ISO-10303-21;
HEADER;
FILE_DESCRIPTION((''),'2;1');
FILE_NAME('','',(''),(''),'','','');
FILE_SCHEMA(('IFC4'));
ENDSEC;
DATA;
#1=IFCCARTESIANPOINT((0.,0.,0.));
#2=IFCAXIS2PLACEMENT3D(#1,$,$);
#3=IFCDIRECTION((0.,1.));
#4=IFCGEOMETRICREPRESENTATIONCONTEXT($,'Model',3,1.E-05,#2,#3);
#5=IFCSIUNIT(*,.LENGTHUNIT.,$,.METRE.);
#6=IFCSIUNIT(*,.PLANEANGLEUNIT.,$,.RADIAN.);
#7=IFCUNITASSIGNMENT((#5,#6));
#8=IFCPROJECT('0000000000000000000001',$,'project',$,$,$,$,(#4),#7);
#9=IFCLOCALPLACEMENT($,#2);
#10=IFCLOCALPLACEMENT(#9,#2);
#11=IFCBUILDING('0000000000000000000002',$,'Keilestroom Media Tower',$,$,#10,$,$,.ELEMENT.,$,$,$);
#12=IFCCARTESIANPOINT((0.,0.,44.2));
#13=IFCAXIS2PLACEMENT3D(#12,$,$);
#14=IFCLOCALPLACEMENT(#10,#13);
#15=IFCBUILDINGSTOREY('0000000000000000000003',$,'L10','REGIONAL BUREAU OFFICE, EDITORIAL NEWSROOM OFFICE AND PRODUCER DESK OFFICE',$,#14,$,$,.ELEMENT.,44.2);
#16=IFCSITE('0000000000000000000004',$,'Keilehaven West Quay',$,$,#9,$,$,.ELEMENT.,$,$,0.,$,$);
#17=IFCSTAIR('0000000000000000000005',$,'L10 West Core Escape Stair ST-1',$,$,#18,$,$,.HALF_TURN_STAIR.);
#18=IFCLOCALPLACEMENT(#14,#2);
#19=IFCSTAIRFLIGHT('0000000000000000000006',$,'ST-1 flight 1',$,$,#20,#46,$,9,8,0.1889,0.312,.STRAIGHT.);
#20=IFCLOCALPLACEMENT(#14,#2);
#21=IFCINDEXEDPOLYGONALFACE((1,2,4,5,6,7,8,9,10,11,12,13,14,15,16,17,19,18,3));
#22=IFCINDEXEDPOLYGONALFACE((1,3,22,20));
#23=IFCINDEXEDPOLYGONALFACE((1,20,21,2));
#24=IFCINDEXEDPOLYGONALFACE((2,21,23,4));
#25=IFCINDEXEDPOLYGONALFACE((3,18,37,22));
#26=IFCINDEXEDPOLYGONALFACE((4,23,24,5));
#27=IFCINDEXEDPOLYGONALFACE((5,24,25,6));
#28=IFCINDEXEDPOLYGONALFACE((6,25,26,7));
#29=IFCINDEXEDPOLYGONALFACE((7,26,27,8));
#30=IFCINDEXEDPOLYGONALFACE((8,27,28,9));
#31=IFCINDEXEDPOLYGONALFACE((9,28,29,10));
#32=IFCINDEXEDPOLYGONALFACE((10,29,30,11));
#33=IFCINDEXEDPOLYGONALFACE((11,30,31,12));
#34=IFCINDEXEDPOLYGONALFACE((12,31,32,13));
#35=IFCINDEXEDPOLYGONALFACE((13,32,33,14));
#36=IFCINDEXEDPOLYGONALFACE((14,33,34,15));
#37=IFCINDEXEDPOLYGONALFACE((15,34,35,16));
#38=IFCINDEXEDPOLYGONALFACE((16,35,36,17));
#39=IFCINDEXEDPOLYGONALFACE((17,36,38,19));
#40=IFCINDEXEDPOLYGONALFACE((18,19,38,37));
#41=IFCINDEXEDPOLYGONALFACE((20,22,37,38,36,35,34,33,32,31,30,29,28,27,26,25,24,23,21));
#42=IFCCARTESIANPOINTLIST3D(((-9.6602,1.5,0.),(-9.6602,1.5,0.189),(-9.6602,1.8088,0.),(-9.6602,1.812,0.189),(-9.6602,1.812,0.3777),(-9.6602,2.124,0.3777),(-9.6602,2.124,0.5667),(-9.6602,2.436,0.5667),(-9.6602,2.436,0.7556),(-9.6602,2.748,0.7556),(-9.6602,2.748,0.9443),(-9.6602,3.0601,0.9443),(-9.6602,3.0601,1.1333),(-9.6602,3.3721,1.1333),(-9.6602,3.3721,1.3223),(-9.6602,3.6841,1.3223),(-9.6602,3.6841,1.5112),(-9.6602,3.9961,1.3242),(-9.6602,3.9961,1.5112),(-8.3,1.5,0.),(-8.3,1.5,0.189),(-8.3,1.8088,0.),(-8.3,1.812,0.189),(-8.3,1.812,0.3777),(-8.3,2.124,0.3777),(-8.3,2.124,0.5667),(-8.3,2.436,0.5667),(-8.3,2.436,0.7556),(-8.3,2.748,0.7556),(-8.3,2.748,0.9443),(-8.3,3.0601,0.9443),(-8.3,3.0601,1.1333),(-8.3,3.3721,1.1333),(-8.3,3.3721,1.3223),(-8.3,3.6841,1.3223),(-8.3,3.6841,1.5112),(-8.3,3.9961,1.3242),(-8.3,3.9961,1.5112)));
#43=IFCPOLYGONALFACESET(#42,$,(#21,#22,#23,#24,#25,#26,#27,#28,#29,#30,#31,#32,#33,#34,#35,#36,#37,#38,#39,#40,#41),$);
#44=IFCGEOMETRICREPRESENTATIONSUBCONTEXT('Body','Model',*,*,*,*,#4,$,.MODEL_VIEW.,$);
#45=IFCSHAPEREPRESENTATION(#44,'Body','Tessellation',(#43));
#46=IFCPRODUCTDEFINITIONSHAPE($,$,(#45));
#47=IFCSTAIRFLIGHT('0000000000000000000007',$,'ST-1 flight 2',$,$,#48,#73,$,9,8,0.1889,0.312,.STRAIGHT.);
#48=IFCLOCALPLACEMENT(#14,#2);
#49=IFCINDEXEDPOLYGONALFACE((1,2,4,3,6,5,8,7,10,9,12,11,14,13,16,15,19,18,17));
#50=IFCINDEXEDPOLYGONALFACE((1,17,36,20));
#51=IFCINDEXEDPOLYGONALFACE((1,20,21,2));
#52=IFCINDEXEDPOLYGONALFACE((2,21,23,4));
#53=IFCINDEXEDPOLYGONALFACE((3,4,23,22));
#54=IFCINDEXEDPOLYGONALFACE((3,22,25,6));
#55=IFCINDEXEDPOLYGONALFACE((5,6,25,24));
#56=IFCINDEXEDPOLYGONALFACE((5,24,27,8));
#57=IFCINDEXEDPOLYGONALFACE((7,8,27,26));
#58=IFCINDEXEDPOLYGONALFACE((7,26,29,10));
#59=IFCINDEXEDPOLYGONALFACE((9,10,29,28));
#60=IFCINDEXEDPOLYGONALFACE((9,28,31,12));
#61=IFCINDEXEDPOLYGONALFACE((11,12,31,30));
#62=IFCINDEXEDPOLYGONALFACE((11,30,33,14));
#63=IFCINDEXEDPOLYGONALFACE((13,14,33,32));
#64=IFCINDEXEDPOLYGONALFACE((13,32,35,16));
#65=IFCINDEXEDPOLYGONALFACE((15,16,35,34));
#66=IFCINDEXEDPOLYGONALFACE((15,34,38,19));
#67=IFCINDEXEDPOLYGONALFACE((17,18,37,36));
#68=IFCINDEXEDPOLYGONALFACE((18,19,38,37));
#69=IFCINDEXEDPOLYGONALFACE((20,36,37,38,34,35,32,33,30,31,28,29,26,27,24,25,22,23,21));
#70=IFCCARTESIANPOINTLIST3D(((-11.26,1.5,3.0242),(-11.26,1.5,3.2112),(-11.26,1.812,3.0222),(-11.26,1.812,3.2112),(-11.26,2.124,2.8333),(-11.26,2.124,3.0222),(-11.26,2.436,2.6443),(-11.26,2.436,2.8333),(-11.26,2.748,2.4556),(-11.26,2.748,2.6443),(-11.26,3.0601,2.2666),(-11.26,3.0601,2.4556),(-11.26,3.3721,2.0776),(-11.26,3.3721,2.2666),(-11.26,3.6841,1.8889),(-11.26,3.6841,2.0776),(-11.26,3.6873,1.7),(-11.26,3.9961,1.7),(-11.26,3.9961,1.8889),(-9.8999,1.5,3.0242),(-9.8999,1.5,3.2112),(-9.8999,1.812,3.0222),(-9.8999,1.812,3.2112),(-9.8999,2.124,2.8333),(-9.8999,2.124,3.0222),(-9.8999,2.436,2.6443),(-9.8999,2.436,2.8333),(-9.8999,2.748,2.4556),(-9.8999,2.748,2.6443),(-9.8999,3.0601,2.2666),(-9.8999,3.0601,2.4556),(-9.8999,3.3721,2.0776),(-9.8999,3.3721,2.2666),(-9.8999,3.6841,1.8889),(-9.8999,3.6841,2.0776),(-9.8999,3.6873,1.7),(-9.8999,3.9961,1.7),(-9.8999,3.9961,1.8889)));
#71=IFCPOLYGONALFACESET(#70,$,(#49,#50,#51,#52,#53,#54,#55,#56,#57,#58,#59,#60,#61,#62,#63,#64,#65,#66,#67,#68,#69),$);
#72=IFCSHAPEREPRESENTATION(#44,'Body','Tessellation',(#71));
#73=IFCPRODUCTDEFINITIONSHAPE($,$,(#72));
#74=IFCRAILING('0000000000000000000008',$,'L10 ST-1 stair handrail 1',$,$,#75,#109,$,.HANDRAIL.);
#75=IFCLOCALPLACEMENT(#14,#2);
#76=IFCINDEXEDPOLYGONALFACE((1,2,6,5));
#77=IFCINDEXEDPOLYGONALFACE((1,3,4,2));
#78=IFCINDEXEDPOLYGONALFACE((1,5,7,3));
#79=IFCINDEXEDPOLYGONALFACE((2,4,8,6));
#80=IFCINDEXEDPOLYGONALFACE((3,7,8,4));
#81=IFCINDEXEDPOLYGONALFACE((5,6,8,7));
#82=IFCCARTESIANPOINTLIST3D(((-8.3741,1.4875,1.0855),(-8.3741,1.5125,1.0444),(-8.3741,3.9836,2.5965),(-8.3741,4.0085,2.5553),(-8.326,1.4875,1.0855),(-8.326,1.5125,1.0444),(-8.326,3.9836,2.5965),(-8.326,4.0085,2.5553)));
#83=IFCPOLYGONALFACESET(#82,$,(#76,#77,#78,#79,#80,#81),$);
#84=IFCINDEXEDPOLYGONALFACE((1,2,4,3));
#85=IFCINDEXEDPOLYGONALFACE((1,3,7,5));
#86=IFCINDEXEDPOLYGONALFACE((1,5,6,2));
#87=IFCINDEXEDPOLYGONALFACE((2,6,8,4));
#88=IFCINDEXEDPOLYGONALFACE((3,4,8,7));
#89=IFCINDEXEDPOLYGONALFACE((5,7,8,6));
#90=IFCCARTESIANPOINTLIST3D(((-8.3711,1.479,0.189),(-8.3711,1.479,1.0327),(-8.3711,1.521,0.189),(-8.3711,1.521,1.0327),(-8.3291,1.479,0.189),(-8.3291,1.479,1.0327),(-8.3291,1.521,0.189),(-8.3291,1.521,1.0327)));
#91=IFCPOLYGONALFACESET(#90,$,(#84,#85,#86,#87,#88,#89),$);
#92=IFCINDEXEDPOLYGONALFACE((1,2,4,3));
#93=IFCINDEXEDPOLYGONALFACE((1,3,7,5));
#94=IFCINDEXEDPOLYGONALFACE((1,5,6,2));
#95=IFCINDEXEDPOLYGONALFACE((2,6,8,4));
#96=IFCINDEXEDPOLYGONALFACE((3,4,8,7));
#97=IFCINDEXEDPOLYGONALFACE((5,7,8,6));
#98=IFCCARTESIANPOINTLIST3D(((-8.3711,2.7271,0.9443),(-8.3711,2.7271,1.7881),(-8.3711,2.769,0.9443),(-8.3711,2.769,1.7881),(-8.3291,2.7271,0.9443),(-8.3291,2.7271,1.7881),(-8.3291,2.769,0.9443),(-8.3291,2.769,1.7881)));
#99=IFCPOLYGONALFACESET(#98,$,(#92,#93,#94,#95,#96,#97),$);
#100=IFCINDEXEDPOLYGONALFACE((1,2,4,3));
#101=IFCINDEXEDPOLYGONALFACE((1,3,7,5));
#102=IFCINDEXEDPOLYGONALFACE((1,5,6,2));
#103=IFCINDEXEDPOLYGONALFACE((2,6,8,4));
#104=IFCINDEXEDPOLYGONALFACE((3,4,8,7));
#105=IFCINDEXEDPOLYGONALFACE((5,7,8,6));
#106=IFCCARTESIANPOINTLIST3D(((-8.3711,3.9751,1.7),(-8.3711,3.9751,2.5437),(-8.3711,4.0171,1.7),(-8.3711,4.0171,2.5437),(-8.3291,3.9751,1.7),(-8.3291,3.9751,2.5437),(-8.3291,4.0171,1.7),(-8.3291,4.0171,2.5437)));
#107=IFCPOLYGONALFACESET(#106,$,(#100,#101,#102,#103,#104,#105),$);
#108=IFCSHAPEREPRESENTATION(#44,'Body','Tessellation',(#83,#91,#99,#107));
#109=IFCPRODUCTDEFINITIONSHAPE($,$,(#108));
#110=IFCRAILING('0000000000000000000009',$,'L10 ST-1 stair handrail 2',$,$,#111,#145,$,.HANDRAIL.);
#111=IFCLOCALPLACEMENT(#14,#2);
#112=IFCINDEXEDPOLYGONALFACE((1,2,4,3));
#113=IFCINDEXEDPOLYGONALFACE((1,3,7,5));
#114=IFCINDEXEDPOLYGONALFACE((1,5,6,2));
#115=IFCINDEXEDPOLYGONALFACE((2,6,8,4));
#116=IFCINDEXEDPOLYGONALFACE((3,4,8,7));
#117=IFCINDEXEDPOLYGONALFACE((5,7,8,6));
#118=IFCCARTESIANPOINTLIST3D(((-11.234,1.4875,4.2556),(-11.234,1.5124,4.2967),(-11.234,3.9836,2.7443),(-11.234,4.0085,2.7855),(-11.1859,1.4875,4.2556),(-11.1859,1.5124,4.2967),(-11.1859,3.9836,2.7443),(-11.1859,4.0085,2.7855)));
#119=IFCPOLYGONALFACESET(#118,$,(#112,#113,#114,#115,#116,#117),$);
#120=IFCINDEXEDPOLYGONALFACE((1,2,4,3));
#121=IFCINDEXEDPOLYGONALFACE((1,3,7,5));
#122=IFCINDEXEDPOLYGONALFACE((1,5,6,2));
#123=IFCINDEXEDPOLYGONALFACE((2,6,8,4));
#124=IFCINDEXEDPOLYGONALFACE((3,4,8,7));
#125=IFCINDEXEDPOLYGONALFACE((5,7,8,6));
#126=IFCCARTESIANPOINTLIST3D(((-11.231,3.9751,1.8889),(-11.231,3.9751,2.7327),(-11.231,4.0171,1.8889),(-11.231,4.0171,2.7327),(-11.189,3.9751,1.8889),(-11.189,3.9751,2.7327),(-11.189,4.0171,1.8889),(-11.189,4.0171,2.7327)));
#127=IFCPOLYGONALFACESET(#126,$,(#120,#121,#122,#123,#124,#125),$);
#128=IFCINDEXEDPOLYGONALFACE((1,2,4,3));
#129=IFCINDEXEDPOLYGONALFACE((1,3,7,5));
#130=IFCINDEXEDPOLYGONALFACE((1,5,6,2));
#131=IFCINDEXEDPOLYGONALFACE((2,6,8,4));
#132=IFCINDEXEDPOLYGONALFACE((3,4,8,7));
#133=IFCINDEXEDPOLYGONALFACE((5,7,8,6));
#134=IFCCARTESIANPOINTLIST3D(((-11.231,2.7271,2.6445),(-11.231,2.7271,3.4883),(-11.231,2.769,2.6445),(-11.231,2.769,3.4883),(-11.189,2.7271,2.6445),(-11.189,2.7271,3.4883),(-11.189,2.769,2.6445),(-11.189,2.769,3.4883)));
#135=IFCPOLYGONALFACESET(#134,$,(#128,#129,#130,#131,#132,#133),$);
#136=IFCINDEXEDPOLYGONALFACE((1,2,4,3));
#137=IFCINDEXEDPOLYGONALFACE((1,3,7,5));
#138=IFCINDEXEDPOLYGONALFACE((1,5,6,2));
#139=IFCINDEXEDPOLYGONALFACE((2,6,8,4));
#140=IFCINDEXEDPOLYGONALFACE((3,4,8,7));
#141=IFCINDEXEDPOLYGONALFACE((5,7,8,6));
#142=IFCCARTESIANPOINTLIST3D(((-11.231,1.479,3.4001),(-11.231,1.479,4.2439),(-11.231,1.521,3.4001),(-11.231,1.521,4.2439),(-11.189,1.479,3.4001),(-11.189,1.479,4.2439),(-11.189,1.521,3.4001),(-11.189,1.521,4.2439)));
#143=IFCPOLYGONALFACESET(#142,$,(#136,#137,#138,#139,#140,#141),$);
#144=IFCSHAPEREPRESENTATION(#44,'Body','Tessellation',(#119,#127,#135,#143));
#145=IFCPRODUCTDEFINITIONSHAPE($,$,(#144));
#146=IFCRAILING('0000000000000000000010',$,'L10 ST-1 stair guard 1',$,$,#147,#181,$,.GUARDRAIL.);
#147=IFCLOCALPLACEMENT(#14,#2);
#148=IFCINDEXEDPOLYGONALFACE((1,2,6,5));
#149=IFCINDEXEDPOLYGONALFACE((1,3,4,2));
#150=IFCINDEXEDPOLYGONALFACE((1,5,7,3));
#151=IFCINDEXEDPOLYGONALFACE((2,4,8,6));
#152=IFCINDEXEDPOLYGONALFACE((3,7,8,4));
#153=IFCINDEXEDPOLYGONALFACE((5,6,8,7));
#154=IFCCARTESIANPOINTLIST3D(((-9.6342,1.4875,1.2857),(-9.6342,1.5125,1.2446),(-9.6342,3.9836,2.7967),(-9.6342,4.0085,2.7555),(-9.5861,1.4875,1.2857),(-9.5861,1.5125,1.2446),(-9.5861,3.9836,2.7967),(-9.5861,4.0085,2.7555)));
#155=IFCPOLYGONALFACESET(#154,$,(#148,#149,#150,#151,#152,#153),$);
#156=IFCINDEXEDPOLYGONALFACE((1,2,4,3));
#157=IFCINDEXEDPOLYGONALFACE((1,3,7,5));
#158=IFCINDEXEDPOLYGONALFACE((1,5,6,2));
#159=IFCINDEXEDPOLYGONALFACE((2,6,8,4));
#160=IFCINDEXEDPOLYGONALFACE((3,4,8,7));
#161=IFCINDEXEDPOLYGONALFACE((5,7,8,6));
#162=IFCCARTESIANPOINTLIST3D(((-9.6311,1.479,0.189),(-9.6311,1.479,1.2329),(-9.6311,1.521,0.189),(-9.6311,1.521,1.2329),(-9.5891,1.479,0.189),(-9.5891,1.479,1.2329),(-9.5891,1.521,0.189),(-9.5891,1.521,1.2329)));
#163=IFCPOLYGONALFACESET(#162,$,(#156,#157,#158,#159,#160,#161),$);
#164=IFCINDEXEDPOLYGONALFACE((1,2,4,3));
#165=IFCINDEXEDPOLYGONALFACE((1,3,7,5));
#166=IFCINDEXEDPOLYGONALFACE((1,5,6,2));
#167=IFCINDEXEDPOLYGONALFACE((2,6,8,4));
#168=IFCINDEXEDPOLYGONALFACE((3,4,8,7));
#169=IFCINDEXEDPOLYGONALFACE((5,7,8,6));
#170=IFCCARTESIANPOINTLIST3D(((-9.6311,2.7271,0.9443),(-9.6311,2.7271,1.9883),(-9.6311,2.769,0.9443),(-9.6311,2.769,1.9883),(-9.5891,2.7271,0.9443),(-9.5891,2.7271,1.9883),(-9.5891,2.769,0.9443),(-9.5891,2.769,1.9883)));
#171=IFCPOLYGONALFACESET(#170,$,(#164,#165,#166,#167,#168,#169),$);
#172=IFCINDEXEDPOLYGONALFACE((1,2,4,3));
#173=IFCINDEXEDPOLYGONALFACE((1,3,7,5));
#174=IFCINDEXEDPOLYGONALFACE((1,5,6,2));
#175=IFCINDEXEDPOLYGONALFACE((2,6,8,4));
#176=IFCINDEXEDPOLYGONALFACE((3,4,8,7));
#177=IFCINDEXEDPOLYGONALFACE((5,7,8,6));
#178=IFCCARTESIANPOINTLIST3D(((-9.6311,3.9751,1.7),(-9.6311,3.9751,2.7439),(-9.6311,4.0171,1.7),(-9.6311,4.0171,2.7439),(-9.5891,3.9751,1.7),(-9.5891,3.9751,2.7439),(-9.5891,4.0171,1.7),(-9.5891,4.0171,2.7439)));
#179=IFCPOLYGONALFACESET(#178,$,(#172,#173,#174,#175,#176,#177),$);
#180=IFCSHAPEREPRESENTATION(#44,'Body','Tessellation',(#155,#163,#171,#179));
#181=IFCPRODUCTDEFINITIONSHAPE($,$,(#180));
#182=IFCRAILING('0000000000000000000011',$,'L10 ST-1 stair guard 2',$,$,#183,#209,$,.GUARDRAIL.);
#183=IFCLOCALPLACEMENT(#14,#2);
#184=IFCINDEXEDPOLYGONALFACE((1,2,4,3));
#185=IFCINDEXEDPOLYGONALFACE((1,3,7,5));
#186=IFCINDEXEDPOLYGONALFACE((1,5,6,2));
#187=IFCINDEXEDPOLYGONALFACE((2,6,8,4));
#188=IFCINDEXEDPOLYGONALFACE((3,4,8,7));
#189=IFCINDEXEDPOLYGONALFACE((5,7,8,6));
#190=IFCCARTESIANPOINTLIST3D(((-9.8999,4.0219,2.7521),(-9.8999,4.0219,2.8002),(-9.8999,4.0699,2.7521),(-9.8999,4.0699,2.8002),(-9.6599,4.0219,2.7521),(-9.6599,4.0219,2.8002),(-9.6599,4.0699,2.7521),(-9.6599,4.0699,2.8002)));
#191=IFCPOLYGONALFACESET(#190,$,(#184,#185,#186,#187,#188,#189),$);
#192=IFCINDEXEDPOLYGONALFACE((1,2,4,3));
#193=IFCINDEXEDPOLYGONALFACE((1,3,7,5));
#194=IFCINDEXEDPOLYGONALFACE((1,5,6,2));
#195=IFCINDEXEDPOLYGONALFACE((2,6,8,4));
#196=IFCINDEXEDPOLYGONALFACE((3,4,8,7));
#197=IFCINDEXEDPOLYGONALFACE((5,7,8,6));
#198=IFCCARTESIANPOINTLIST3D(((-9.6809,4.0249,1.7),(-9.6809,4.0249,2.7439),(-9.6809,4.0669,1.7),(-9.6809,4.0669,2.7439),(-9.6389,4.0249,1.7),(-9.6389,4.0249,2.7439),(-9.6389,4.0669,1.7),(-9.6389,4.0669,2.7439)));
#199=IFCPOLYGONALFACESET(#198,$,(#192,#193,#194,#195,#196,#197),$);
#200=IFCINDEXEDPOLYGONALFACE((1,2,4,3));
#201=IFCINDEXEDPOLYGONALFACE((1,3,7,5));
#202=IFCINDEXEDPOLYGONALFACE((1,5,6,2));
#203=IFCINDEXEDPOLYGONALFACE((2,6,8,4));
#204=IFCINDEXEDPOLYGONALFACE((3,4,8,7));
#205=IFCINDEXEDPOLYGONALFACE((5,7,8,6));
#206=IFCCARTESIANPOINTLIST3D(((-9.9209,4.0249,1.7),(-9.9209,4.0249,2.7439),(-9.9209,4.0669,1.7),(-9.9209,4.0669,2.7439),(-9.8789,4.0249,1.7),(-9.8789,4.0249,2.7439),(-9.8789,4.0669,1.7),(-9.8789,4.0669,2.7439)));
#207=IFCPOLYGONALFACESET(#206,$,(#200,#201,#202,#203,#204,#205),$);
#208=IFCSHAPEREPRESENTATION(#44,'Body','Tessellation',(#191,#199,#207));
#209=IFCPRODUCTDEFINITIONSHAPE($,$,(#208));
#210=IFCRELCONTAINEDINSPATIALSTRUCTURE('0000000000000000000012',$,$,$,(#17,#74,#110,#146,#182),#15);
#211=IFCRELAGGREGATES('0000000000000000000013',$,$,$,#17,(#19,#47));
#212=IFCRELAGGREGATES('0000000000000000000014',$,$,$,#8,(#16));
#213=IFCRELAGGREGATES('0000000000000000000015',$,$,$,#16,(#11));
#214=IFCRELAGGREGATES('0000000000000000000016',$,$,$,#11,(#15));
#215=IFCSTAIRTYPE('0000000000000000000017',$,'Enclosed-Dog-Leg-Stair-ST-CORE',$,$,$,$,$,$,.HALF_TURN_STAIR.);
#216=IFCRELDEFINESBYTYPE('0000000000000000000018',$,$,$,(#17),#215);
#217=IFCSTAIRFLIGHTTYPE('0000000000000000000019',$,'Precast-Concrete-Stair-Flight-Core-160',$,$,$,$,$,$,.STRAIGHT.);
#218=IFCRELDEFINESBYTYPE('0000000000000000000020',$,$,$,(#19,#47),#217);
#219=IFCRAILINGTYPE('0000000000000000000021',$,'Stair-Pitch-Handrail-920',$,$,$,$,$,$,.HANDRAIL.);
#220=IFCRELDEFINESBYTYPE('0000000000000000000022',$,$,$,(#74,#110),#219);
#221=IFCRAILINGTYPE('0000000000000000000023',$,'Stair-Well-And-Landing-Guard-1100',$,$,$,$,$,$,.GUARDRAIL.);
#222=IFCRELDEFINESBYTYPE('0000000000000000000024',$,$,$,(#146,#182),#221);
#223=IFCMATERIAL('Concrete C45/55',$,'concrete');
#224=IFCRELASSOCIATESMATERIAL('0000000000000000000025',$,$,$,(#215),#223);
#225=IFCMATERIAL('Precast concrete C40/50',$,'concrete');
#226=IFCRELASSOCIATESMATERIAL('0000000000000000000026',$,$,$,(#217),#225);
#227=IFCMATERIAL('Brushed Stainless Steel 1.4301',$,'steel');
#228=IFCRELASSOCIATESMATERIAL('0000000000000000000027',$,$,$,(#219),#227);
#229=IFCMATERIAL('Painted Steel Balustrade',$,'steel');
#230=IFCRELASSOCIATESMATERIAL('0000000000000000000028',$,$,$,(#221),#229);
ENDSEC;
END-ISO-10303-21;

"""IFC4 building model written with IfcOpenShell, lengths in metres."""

from ifc_helpers import new_model, si_unit, direction, frame, origin, origin_2d, place, context, subcontext, project, spatial, polyline, rectangle, outline, extrude, material, type_object, element, aggregate, save


model = new_model("IFC4")

# Units and contexts
model_context = context("Model", 3, precision=1e-05, world=origin(), true_north=direction((0.0, 1.0)))
body_context = subcontext(model_context, "Body", "Model", "MODEL_VIEW")
ifc_project = project(units=[si_unit("LENGTHUNIT", "METRE"), si_unit("PLANEANGLEUNIT", "RADIAN")], contexts=[model_context])

# Site, building, storey
site_placement = place(None, origin())
site = spatial("IfcSite", under=ifc_project, at=site_placement, Name="Keilehaven West Quay", CompositionType="ELEMENT", RefElevation=0.0)
building_placement = place(site_placement, origin())
building = spatial("IfcBuilding", under=site, at=building_placement, Name="Keilestroom Media Tower", CompositionType="ELEMENT")
storey_placement = place(building_placement, frame((0.0, 0.0, 44.2)))
storey = spatial("IfcBuildingStorey", under=building, at=storey_placement, Name="L10", Description="REGIONAL BUREAU OFFICE, EDITORIAL NEWSROOM OFFICE AND PRODUCER DESK OFFICE", CompositionType="ELEMENT", Elevation=44.2)

# Shared definitions
ifc_material_1 = material(Name="Concrete C45/55", Category="concrete")

# Shared definitions
ifc_material_2 = material(Name="Precast concrete C40/50", Category="concrete")

# Stair, stair flights
stair_type = type_object("IfcStairType", Name="Enclosed-Dog-Leg-Stair-ST-CORE", PredefinedType="HALF_TURN_STAIR", material=ifc_material_1)
stair_placement = place(storey_placement, origin())
stair = element("IfcStair", 1, at=stair_placement, inside=storey, type_object=stair_type, Name="L10 West Core Escape Stair ST-1", PredefinedType="HALF_TURN_STAIR")
stair_flight_type = type_object("IfcStairFlightType", Name="Precast-Concrete-Stair-Flight-Core-160", PredefinedType="STRAIGHT", material=ifc_material_2)
stair_flight_1_placement = place(storey_placement, frame((-8.98, 1.5, 0.0), z_axis=(0.0, 0.0, 1.0), x_axis=(0.0, 1.0, 0.0)))
stair_flight_1 = element("IfcStairFlight", 2, at=stair_flight_1_placement, type_object=stair_flight_type, Name="ST-1 flight 1", NumberOfRisers=9, NumberOfTreads=8, PredefinedType="STRAIGHT", RiserHeight=0.1889, TreadLength=0.312, context=body_context, shape_type="SweptSolid", body=[
    extrude(outline(polyline([(0.0, 0.0), (0.0, 0.189), (0.312, 0.189), (0.312, 0.3777), (0.624, 0.3777), (0.624, 0.5667), (0.936, 0.5667), (0.936, 0.7556), (1.248, 0.7556), (1.248, 0.9443), (1.5601, 0.9443), (1.5601, 1.1333), (1.8721, 1.1333), (1.8721, 1.3223), (2.1841, 1.3223), (2.1841, 1.5112), (2.4961, 1.5112), (2.4961, 1.7), (2.4961, 1.3242), (0.3088, 0.0), (0.0, 0.0)])), frame((0.0, 0.6802, 0.0), z_axis=(0.0, -1.0, 0.0), x_axis=(1.0, 0.0, 0.0)), (0.0, 0.0, 1.0), 1.3601),
])
stair_flight_2_placement = place(storey_placement, frame((-10.5801, 3.9961, 1.7), z_axis=(0.0, 0.0, 1.0), x_axis=(0.0, -1.0, 0.0)))
stair_flight_2 = element("IfcStairFlight", 3, at=stair_flight_2_placement, type_object=stair_flight_type, Name="ST-1 flight 2", NumberOfRisers=9, NumberOfTreads=8, PredefinedType="STRAIGHT", RiserHeight=0.1889, TreadLength=0.312, context=body_context, shape_type="SweptSolid", body=[
    extrude(outline(polyline([(0.0, 0.0), (0.0, 0.189), (0.312, 0.189), (0.312, 0.3777), (0.624, 0.3777), (0.624, 0.5667), (0.936, 0.5667), (0.936, 0.7556), (1.248, 0.7556), (1.248, 0.9443), (1.5601, 0.9443), (1.5601, 1.1333), (1.8721, 1.1333), (1.8721, 1.3223), (2.1841, 1.3223), (2.1841, 1.5112), (2.4961, 1.5112), (2.4961, 1.7), (2.4961, 1.3242), (0.3088, 0.0), (0.0, 0.0)])), frame((0.0, 0.6802, 0.0), z_axis=(0.0, -1.0, 0.0), x_axis=(1.0, 0.0, 0.0)), (0.0, 0.0, 1.0), 1.3601),
])
aggregate(stair, [stair_flight_1, stair_flight_2])

# Railings
ifc_material_3 = material(Name="Brushed Stainless Steel 1.4301", Category="steel")
railing_type_1 = type_object("IfcRailingType", Name="Stair-Pitch-Handrail-920", PredefinedType="HANDRAIL", material=ifc_material_3)
railing_1_placement = place(storey_placement, frame((-8.3501, 1.5, 0.189)))
element("IfcRailing", 4, at=railing_1_placement, inside=storey, type_object=railing_type_1, Name="L10 ST-1 stair handrail 1", PredefinedType="HANDRAIL", context=body_context, shape_type="SweptSolid", body=[
    extrude(rectangle(XDim=0.0481, YDim=0.0481, at=origin_2d()), frame((0.0, 0.0, 0.876), z_axis=(0.0, 0.855471, 0.517851), x_axis=(-1.0, 0.0, 0.0)), (0.0, 0.0, 1.0), 2.9177),
    extrude(rectangle(XDim=0.042, YDim=0.042, at=origin_2d()), origin(), (0.0, 0.0, 1.0), 0.8438),
    extrude(rectangle(XDim=0.042, YDim=0.042, at=origin_2d()), frame((0.0, 1.248, 0.7554)), (0.0, 0.0, 1.0), 0.8438),
    extrude(rectangle(XDim=0.042, YDim=0.042, at=origin_2d()), frame((0.0, 2.4961, 1.511)), (0.0, 0.0, 1.0), 0.8438),
])
railing_2_placement = place(storey_placement, frame((-11.21, 3.9961, 1.8889)))
element("IfcRailing", 5, at=railing_2_placement, inside=storey, type_object=railing_type_1, Name="L10 ST-1 stair handrail 2", PredefinedType="HANDRAIL", context=body_context, shape_type="SweptSolid", body=[
    extrude(rectangle(XDim=0.0481, YDim=0.0481, at=origin_2d()), frame((0.0, 0.0, 0.876), z_axis=(0.0, -0.855434, 0.517912), x_axis=(1.0, 0.0, 0.0)), (0.0, 0.0, 1.0), 2.918),
    extrude(rectangle(XDim=0.042, YDim=0.042, at=origin_2d()), origin(), (0.0, 0.0, 1.0), 0.8438),
    extrude(rectangle(XDim=0.042, YDim=0.042, at=origin_2d()), frame((0.0, -1.248, 0.7556)), (0.0, 0.0, 1.0), 0.8438),
    extrude(rectangle(XDim=0.042, YDim=0.042, at=origin_2d()), frame((0.0, -2.4961, 1.5112)), (0.0, 0.0, 1.0), 0.8438),
])
ifc_material_4 = material(Name="Painted Steel Balustrade", Category="steel")
railing_type_2 = type_object("IfcRailingType", Name="Stair-Well-And-Landing-Guard-1100", PredefinedType="GUARDRAIL", material=ifc_material_4)
railing_3_placement = place(storey_placement, frame((-9.6101, 1.5, 0.189)))
element("IfcRailing", 6, at=railing_3_placement, inside=storey, type_object=railing_type_2, Name="L10 ST-1 stair guard 1", PredefinedType="GUARDRAIL", context=body_context, shape_type="SweptSolid", body=[
    extrude(rectangle(XDim=0.0481, YDim=0.0481, at=origin_2d()), frame((0.0, 0.0, 1.0762), z_axis=(0.0, 0.855471, 0.517851), x_axis=(-1.0, 0.0, 0.0)), (0.0, 0.0, 1.0), 2.9177),
    extrude(rectangle(XDim=0.042, YDim=0.042, at=origin_2d()), origin(), (0.0, 0.0, 1.0), 1.0439),
    extrude(rectangle(XDim=0.042, YDim=0.042, at=origin_2d()), frame((0.0, 1.248, 0.7554)), (0.0, 0.0, 1.0), 1.0439),
    extrude(rectangle(XDim=0.042, YDim=0.042, at=origin_2d()), frame((0.0, 2.4961, 1.511)), (0.0, 0.0, 1.0), 1.0439),
])
railing_4_placement = place(storey_placement, frame((-9.6599, 4.0459, 1.7)))
element("IfcRailing", 7, at=railing_4_placement, inside=storey, type_object=railing_type_2, Name="L10 ST-1 stair guard 2", PredefinedType="GUARDRAIL", context=body_context, shape_type="SweptSolid", body=[
    extrude(rectangle(XDim=0.0481, YDim=0.0481, at=origin_2d()), frame((0.0, 0.0, 1.0762), z_axis=(-1.0, 0.0, 0.0), x_axis=(0.0, -1.0, 0.0)), (0.0, 0.0, 1.0), 0.24),
    extrude(rectangle(XDim=0.042, YDim=0.042, at=origin_2d()), origin(), (0.0, 0.0, 1.0), 1.0439),
    extrude(rectangle(XDim=0.042, YDim=0.042, at=origin_2d()), frame((-0.24, 0.0, 0.0)), (0.0, 0.0, 1.0), 1.0439),
])

save(model, "model.ifc")
